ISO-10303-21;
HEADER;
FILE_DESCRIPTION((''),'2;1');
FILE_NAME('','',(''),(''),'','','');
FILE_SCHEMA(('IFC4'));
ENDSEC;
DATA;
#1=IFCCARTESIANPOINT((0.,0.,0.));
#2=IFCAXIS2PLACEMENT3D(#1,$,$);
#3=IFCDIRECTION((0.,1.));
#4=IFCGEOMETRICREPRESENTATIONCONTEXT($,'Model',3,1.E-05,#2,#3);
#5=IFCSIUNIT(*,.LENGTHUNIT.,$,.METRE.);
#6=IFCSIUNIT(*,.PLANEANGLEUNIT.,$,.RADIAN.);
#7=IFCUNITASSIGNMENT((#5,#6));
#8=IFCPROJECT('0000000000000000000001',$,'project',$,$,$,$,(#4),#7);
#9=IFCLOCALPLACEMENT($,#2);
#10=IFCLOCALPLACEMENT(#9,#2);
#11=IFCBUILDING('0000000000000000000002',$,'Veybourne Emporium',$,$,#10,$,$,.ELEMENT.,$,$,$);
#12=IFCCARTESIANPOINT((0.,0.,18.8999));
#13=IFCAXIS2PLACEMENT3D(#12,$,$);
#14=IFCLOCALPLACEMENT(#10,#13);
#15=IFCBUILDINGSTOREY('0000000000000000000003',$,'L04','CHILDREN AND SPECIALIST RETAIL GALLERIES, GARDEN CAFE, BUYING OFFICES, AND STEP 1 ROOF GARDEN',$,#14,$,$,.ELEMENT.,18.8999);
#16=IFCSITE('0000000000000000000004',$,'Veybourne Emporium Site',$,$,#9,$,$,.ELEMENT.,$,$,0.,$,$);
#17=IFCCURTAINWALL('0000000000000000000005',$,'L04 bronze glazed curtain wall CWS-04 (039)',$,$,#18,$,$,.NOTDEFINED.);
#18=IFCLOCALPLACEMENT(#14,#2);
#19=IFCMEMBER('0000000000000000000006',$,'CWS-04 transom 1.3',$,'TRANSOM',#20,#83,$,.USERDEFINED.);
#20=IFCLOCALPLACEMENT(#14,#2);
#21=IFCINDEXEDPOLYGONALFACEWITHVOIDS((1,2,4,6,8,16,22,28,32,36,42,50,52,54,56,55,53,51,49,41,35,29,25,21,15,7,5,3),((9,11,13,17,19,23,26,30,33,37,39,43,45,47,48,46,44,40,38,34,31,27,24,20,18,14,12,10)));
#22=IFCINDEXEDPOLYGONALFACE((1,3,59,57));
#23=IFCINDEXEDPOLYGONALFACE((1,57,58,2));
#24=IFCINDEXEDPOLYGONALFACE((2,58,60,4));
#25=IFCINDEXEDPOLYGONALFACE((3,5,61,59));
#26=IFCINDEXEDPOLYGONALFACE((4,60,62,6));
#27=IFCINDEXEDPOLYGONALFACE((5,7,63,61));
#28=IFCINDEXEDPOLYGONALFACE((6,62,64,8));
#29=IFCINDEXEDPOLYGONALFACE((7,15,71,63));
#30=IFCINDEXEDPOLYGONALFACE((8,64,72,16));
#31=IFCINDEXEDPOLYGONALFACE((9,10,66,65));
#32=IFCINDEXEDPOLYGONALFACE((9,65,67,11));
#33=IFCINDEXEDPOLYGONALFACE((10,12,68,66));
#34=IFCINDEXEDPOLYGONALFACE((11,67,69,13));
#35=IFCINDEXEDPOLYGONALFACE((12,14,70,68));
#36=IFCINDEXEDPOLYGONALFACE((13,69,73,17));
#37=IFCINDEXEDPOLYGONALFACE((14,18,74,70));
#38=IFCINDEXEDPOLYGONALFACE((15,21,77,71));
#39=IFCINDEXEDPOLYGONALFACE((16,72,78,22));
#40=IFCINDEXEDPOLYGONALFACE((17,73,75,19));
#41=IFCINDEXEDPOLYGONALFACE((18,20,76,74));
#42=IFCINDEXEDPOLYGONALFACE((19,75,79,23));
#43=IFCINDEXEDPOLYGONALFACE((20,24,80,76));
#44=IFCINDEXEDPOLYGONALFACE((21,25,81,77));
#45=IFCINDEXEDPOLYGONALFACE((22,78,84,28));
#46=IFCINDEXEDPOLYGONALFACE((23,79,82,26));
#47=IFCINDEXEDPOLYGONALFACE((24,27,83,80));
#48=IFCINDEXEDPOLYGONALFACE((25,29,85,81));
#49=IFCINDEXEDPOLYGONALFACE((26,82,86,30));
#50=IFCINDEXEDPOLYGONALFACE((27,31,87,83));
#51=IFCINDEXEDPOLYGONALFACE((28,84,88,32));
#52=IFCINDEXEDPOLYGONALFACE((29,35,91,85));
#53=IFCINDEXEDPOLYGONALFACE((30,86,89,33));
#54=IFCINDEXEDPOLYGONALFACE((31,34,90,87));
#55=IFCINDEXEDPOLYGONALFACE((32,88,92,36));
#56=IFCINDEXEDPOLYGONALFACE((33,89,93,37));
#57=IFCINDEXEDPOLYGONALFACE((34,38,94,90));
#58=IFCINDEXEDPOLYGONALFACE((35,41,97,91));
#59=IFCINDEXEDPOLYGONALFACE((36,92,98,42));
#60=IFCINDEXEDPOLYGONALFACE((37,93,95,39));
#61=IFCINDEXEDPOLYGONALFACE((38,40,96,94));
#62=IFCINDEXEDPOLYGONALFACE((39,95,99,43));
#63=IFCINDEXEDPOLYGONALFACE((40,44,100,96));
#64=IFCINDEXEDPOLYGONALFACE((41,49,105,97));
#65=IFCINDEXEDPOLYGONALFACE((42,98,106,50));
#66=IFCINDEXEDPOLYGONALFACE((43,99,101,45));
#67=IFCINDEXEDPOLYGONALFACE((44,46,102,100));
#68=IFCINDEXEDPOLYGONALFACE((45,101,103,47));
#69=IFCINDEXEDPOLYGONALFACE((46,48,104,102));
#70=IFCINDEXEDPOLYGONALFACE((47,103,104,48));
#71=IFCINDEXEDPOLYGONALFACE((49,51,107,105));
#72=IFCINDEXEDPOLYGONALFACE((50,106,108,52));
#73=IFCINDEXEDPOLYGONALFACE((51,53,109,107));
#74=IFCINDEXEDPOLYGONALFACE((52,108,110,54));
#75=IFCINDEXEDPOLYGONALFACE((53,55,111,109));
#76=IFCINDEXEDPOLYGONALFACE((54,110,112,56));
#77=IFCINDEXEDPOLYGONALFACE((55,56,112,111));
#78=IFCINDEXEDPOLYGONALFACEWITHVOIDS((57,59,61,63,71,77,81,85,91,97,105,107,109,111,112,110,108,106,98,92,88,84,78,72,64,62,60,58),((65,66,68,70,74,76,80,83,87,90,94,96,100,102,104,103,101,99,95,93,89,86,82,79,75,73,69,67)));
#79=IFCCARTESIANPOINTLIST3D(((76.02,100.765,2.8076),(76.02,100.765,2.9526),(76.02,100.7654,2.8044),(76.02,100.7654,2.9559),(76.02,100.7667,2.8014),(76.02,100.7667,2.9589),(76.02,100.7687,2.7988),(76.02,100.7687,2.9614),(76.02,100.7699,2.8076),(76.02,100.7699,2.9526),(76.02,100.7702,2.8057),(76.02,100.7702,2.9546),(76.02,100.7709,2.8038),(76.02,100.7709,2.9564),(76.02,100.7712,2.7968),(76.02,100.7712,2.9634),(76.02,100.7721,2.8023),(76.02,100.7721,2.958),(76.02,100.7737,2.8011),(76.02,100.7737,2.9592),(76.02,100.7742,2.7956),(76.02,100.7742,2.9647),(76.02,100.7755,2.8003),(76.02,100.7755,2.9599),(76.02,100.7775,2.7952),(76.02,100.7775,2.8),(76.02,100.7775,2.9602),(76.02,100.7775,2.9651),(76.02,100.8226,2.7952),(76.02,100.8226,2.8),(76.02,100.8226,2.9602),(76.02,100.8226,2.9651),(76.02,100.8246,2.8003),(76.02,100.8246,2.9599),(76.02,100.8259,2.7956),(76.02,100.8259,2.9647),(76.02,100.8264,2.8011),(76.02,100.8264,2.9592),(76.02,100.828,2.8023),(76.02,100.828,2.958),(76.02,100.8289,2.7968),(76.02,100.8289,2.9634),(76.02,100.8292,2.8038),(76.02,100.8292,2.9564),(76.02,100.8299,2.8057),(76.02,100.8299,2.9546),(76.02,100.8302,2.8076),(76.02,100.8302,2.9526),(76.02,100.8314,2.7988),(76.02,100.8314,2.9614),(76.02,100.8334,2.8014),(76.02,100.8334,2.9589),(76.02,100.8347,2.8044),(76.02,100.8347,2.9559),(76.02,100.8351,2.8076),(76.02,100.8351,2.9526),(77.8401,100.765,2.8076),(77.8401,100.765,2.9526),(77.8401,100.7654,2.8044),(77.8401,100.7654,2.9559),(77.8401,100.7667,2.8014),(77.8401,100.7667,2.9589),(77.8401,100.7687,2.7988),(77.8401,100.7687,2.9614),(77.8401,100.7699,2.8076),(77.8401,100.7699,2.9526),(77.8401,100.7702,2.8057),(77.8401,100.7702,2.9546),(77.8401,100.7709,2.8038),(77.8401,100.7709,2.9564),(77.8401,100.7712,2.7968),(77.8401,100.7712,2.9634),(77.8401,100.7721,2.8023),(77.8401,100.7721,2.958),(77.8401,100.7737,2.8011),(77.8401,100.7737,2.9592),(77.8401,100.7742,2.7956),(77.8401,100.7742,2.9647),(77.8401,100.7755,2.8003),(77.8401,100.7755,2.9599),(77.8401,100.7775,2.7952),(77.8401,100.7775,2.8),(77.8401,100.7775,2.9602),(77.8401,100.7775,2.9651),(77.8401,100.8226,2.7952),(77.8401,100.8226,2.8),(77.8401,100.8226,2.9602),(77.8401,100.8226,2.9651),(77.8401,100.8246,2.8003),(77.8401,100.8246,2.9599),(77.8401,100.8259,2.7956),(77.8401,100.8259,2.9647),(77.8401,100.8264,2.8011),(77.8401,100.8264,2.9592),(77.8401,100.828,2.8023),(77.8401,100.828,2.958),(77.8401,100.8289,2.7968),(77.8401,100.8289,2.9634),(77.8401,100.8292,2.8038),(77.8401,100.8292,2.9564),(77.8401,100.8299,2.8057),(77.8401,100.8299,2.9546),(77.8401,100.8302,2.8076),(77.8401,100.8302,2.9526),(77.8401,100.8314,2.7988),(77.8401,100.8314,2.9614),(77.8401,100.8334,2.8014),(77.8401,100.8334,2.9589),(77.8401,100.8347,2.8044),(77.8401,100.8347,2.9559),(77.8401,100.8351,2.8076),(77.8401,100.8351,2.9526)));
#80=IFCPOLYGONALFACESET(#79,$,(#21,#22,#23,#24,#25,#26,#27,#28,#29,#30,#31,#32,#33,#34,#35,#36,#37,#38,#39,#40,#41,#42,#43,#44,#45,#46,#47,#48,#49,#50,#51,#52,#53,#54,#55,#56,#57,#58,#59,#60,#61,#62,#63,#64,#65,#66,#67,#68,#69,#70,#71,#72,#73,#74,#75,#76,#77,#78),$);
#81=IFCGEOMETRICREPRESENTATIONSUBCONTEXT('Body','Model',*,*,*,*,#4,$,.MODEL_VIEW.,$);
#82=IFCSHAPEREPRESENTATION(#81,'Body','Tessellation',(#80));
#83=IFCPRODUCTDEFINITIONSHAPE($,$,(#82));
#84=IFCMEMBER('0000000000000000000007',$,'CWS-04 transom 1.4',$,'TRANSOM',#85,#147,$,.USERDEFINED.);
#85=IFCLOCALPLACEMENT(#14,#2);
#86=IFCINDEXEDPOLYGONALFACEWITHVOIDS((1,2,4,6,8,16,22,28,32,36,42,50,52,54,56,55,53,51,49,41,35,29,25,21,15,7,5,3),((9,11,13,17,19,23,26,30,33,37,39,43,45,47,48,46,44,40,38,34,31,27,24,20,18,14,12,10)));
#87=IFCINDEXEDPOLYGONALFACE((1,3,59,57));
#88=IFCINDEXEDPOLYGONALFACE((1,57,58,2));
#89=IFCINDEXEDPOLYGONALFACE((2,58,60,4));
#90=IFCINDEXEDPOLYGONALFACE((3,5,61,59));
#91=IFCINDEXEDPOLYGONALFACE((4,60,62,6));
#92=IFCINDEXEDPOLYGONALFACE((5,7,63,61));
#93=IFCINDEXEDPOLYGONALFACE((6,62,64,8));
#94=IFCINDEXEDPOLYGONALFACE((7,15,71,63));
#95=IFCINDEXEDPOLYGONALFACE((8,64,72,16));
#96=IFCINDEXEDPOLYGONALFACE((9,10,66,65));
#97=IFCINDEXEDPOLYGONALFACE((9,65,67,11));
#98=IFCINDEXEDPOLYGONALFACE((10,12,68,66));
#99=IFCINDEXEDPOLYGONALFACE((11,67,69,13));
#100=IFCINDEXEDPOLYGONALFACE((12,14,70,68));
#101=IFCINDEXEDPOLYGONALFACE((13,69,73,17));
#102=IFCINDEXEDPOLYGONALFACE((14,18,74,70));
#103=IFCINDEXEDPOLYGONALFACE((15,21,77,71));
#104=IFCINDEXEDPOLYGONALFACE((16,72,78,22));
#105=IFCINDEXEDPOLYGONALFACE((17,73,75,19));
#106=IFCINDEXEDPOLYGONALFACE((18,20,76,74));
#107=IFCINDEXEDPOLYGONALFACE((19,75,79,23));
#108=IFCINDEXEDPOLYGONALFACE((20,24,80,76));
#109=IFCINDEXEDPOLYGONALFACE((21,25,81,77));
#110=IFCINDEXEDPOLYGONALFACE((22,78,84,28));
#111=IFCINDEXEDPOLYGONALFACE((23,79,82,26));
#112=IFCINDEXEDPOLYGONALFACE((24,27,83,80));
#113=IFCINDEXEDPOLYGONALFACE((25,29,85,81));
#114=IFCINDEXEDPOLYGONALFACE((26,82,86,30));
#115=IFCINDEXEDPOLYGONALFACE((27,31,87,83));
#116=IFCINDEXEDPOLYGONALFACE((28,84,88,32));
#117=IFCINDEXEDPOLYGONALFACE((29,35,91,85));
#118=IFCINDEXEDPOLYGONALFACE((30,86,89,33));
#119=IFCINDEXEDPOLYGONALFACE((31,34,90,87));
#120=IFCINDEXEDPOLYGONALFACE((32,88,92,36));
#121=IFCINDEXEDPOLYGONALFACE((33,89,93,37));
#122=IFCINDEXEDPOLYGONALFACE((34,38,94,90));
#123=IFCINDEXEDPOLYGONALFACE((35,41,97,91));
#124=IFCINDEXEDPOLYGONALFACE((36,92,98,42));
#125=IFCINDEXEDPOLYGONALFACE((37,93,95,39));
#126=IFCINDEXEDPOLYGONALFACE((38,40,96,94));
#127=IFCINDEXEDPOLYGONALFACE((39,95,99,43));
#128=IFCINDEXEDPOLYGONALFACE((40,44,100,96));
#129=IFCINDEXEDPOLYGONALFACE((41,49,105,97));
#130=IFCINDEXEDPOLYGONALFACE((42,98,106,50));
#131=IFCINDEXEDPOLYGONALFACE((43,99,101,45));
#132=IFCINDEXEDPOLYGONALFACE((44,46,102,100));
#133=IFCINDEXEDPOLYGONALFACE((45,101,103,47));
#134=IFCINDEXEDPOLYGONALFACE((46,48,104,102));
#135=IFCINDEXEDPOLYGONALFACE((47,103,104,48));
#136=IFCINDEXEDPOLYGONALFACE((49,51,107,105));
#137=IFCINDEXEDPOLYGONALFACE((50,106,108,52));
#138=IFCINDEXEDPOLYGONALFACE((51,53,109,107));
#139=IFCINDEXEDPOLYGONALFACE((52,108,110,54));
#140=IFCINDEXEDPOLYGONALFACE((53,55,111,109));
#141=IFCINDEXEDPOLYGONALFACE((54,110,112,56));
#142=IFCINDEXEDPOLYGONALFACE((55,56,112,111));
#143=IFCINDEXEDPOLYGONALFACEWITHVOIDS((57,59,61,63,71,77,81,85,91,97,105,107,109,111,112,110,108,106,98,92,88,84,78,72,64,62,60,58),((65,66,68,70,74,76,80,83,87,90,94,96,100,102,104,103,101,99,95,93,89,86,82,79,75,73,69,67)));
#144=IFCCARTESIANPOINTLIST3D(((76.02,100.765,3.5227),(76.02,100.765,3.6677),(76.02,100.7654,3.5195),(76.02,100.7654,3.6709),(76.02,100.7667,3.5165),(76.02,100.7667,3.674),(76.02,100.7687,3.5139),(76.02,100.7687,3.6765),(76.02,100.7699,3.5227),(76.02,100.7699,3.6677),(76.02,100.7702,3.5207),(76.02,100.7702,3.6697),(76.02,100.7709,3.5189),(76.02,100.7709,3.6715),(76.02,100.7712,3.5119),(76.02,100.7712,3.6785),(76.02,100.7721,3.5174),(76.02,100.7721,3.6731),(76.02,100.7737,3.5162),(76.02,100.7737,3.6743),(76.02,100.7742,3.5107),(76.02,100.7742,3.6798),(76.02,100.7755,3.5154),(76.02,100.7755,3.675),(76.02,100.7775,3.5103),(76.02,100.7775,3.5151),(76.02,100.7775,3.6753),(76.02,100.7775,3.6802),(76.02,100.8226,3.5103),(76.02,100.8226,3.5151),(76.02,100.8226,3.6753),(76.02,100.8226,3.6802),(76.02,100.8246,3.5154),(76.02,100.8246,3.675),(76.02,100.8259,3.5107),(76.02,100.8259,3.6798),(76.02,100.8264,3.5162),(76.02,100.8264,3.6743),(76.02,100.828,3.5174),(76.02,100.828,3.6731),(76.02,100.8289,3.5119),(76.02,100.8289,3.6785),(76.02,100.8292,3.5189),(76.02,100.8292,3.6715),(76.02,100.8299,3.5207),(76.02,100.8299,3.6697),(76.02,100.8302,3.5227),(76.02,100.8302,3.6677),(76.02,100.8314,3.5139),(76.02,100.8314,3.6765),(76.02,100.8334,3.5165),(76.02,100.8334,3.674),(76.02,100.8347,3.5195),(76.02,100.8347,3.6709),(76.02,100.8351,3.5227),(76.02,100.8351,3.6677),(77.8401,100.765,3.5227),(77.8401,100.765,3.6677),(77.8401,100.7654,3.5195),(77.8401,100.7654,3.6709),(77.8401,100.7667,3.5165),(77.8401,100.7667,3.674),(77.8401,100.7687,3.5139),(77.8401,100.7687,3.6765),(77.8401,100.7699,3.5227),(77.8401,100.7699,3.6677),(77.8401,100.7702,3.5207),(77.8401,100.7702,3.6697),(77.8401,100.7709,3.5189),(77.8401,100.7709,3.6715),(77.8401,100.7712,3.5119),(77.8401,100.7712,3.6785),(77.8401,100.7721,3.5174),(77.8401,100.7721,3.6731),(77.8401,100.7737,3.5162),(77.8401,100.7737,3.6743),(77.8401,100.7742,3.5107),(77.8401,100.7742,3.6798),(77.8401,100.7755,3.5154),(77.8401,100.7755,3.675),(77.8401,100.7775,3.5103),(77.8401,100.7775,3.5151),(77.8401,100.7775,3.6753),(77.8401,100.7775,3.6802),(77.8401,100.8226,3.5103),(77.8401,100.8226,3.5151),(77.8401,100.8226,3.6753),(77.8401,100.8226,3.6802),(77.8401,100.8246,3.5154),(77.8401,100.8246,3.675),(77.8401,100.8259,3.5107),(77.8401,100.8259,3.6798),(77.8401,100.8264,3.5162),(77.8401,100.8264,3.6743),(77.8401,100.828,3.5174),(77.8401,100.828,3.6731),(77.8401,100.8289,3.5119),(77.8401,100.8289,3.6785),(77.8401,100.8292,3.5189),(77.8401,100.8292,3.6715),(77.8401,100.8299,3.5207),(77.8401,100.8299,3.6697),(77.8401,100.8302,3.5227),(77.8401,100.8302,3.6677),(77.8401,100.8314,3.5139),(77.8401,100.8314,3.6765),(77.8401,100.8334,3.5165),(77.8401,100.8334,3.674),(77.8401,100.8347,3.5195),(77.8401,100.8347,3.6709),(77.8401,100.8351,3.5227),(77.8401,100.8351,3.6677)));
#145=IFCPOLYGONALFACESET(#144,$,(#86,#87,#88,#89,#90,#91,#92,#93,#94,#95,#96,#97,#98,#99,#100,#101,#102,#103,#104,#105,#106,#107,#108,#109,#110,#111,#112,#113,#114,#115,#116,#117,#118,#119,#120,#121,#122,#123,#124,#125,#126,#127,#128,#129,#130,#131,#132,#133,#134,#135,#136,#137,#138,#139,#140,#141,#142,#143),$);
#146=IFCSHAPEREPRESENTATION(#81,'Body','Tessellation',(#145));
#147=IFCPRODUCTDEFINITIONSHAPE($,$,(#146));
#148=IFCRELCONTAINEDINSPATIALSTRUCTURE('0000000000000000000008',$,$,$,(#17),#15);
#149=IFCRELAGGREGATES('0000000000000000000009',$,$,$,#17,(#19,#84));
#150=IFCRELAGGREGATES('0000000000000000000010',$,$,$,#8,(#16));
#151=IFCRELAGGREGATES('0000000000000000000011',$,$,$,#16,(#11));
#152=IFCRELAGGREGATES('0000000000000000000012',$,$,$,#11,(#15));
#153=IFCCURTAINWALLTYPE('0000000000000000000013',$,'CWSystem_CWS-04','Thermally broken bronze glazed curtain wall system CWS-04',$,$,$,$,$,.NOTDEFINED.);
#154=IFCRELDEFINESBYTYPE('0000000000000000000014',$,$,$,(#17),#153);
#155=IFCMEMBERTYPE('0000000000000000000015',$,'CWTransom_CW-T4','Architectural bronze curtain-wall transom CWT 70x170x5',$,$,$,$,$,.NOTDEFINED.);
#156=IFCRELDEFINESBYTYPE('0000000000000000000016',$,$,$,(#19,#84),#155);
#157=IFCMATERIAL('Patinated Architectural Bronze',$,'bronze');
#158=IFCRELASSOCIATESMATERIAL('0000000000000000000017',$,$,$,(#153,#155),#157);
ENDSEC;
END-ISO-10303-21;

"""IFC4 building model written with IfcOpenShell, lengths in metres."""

from ifc_helpers import new_model, si_unit, direction, frame, origin, origin_2d, place, context, subcontext, project, spatial, hollow_rectangle, extrude, material, material_profile, profile_set, type_object, element, aggregate, save


model = new_model("IFC4")

# Units and contexts
model_context = context("Model", 3, precision=1e-05, world=origin(), true_north=direction((0.0, 1.0)))
body_context = subcontext(model_context, "Body", "Model", "MODEL_VIEW")
ifc_project = project(units=[si_unit("LENGTHUNIT", "METRE"), si_unit("PLANEANGLEUNIT", "RADIAN")], contexts=[model_context])

# Site, building, storey
site_placement = place(None, origin())
site = spatial("IfcSite", under=ifc_project, at=site_placement, Name="Veybourne Emporium Site", CompositionType="ELEMENT", RefElevation=0.0)
building_placement = place(site_placement, origin())
building = spatial("IfcBuilding", under=site, at=building_placement, Name="Veybourne Emporium", CompositionType="ELEMENT")
storey_placement = place(building_placement, frame((0.0, 0.0, 18.8999)))
storey = spatial("IfcBuildingStorey", under=building, at=storey_placement, Name="L04", Description="CHILDREN AND SPECIALIST RETAIL GALLERIES, GARDEN CAFE, BUYING OFFICES, AND STEP 1 ROOF GARDEN", CompositionType="ELEMENT", Elevation=18.8999)

# Curtain wall, members
ifc_material_1 = material(Name="Patinated Architectural Bronze", Category="bronze")
curtain_wall_type = type_object("IfcCurtainWallType", Name="CWSystem_CWS-04", Description="Thermally broken bronze glazed curtain wall system CWS-04", PredefinedType="NOTDEFINED", material=ifc_material_1)
curtain_wall_placement = place(storey_placement, origin())
curtain_wall = element("IfcCurtainWall", 1, at=curtain_wall_placement, inside=storey, type_object=curtain_wall_type, Name="L04 bronze glazed curtain wall CWS-04 (039)", PredefinedType="NOTDEFINED")
ifc_material_profile_1 = material_profile(ifc_material_1, hollow_rectangle(XDim=0.0701, YDim=0.1699, WallThickness=0.0049, InnerFilletRadius=0.0076, OuterFilletRadius=0.0125, at=origin_2d()), Name="CWT 70x170x5")
ifc_profile_set_1 = profile_set([ifc_material_profile_1], Name="Patinated Architectural Bronze")
member_type_1 = type_object("IfcMemberType", Name="CWTransom_CW-T4", Description="Architectural bronze curtain-wall transom CWT 70x170x5", PredefinedType="NOTDEFINED", material=ifc_profile_set_1)
member_1_placement = place(storey_placement, frame((76.02, 100.8, 2.8801), z_axis=(1.0, 0.0, 0.0), x_axis=(0.0, 1.0, 0.0)))
member_1 = element("IfcMember", 2, at=member_1_placement, type_object=member_type_1, Name="CWS-04 transom 1.3", ObjectType="TRANSOM", PredefinedType="USERDEFINED", context=body_context, shape_type="SweptSolid", body=[
    extrude(hollow_rectangle(XDim=0.0701, YDim=0.1699, WallThickness=0.0049, InnerFilletRadius=0.0076, OuterFilletRadius=0.0125, at=origin_2d()), origin(), (0.0, 0.0, 1.0), 1.8201),
])
member_2_placement = place(storey_placement, frame((76.02, 100.8, 3.5952), z_axis=(1.0, 0.0, 0.0), x_axis=(0.0, 1.0, 0.0)))
member_2 = element("IfcMember", 3, at=member_2_placement, type_object=member_type_1, Name="CWS-04 transom 1.4", ObjectType="TRANSOM", PredefinedType="USERDEFINED", context=body_context, shape_type="SweptSolid", body=[
    extrude(hollow_rectangle(XDim=0.0701, YDim=0.1699, WallThickness=0.0049, InnerFilletRadius=0.0076, OuterFilletRadius=0.0125, at=origin_2d()), origin(), (0.0, 0.0, 1.0), 1.8201),
])

aggregate(curtain_wall, [member_1, member_2])

save(model, "model.ifc")
